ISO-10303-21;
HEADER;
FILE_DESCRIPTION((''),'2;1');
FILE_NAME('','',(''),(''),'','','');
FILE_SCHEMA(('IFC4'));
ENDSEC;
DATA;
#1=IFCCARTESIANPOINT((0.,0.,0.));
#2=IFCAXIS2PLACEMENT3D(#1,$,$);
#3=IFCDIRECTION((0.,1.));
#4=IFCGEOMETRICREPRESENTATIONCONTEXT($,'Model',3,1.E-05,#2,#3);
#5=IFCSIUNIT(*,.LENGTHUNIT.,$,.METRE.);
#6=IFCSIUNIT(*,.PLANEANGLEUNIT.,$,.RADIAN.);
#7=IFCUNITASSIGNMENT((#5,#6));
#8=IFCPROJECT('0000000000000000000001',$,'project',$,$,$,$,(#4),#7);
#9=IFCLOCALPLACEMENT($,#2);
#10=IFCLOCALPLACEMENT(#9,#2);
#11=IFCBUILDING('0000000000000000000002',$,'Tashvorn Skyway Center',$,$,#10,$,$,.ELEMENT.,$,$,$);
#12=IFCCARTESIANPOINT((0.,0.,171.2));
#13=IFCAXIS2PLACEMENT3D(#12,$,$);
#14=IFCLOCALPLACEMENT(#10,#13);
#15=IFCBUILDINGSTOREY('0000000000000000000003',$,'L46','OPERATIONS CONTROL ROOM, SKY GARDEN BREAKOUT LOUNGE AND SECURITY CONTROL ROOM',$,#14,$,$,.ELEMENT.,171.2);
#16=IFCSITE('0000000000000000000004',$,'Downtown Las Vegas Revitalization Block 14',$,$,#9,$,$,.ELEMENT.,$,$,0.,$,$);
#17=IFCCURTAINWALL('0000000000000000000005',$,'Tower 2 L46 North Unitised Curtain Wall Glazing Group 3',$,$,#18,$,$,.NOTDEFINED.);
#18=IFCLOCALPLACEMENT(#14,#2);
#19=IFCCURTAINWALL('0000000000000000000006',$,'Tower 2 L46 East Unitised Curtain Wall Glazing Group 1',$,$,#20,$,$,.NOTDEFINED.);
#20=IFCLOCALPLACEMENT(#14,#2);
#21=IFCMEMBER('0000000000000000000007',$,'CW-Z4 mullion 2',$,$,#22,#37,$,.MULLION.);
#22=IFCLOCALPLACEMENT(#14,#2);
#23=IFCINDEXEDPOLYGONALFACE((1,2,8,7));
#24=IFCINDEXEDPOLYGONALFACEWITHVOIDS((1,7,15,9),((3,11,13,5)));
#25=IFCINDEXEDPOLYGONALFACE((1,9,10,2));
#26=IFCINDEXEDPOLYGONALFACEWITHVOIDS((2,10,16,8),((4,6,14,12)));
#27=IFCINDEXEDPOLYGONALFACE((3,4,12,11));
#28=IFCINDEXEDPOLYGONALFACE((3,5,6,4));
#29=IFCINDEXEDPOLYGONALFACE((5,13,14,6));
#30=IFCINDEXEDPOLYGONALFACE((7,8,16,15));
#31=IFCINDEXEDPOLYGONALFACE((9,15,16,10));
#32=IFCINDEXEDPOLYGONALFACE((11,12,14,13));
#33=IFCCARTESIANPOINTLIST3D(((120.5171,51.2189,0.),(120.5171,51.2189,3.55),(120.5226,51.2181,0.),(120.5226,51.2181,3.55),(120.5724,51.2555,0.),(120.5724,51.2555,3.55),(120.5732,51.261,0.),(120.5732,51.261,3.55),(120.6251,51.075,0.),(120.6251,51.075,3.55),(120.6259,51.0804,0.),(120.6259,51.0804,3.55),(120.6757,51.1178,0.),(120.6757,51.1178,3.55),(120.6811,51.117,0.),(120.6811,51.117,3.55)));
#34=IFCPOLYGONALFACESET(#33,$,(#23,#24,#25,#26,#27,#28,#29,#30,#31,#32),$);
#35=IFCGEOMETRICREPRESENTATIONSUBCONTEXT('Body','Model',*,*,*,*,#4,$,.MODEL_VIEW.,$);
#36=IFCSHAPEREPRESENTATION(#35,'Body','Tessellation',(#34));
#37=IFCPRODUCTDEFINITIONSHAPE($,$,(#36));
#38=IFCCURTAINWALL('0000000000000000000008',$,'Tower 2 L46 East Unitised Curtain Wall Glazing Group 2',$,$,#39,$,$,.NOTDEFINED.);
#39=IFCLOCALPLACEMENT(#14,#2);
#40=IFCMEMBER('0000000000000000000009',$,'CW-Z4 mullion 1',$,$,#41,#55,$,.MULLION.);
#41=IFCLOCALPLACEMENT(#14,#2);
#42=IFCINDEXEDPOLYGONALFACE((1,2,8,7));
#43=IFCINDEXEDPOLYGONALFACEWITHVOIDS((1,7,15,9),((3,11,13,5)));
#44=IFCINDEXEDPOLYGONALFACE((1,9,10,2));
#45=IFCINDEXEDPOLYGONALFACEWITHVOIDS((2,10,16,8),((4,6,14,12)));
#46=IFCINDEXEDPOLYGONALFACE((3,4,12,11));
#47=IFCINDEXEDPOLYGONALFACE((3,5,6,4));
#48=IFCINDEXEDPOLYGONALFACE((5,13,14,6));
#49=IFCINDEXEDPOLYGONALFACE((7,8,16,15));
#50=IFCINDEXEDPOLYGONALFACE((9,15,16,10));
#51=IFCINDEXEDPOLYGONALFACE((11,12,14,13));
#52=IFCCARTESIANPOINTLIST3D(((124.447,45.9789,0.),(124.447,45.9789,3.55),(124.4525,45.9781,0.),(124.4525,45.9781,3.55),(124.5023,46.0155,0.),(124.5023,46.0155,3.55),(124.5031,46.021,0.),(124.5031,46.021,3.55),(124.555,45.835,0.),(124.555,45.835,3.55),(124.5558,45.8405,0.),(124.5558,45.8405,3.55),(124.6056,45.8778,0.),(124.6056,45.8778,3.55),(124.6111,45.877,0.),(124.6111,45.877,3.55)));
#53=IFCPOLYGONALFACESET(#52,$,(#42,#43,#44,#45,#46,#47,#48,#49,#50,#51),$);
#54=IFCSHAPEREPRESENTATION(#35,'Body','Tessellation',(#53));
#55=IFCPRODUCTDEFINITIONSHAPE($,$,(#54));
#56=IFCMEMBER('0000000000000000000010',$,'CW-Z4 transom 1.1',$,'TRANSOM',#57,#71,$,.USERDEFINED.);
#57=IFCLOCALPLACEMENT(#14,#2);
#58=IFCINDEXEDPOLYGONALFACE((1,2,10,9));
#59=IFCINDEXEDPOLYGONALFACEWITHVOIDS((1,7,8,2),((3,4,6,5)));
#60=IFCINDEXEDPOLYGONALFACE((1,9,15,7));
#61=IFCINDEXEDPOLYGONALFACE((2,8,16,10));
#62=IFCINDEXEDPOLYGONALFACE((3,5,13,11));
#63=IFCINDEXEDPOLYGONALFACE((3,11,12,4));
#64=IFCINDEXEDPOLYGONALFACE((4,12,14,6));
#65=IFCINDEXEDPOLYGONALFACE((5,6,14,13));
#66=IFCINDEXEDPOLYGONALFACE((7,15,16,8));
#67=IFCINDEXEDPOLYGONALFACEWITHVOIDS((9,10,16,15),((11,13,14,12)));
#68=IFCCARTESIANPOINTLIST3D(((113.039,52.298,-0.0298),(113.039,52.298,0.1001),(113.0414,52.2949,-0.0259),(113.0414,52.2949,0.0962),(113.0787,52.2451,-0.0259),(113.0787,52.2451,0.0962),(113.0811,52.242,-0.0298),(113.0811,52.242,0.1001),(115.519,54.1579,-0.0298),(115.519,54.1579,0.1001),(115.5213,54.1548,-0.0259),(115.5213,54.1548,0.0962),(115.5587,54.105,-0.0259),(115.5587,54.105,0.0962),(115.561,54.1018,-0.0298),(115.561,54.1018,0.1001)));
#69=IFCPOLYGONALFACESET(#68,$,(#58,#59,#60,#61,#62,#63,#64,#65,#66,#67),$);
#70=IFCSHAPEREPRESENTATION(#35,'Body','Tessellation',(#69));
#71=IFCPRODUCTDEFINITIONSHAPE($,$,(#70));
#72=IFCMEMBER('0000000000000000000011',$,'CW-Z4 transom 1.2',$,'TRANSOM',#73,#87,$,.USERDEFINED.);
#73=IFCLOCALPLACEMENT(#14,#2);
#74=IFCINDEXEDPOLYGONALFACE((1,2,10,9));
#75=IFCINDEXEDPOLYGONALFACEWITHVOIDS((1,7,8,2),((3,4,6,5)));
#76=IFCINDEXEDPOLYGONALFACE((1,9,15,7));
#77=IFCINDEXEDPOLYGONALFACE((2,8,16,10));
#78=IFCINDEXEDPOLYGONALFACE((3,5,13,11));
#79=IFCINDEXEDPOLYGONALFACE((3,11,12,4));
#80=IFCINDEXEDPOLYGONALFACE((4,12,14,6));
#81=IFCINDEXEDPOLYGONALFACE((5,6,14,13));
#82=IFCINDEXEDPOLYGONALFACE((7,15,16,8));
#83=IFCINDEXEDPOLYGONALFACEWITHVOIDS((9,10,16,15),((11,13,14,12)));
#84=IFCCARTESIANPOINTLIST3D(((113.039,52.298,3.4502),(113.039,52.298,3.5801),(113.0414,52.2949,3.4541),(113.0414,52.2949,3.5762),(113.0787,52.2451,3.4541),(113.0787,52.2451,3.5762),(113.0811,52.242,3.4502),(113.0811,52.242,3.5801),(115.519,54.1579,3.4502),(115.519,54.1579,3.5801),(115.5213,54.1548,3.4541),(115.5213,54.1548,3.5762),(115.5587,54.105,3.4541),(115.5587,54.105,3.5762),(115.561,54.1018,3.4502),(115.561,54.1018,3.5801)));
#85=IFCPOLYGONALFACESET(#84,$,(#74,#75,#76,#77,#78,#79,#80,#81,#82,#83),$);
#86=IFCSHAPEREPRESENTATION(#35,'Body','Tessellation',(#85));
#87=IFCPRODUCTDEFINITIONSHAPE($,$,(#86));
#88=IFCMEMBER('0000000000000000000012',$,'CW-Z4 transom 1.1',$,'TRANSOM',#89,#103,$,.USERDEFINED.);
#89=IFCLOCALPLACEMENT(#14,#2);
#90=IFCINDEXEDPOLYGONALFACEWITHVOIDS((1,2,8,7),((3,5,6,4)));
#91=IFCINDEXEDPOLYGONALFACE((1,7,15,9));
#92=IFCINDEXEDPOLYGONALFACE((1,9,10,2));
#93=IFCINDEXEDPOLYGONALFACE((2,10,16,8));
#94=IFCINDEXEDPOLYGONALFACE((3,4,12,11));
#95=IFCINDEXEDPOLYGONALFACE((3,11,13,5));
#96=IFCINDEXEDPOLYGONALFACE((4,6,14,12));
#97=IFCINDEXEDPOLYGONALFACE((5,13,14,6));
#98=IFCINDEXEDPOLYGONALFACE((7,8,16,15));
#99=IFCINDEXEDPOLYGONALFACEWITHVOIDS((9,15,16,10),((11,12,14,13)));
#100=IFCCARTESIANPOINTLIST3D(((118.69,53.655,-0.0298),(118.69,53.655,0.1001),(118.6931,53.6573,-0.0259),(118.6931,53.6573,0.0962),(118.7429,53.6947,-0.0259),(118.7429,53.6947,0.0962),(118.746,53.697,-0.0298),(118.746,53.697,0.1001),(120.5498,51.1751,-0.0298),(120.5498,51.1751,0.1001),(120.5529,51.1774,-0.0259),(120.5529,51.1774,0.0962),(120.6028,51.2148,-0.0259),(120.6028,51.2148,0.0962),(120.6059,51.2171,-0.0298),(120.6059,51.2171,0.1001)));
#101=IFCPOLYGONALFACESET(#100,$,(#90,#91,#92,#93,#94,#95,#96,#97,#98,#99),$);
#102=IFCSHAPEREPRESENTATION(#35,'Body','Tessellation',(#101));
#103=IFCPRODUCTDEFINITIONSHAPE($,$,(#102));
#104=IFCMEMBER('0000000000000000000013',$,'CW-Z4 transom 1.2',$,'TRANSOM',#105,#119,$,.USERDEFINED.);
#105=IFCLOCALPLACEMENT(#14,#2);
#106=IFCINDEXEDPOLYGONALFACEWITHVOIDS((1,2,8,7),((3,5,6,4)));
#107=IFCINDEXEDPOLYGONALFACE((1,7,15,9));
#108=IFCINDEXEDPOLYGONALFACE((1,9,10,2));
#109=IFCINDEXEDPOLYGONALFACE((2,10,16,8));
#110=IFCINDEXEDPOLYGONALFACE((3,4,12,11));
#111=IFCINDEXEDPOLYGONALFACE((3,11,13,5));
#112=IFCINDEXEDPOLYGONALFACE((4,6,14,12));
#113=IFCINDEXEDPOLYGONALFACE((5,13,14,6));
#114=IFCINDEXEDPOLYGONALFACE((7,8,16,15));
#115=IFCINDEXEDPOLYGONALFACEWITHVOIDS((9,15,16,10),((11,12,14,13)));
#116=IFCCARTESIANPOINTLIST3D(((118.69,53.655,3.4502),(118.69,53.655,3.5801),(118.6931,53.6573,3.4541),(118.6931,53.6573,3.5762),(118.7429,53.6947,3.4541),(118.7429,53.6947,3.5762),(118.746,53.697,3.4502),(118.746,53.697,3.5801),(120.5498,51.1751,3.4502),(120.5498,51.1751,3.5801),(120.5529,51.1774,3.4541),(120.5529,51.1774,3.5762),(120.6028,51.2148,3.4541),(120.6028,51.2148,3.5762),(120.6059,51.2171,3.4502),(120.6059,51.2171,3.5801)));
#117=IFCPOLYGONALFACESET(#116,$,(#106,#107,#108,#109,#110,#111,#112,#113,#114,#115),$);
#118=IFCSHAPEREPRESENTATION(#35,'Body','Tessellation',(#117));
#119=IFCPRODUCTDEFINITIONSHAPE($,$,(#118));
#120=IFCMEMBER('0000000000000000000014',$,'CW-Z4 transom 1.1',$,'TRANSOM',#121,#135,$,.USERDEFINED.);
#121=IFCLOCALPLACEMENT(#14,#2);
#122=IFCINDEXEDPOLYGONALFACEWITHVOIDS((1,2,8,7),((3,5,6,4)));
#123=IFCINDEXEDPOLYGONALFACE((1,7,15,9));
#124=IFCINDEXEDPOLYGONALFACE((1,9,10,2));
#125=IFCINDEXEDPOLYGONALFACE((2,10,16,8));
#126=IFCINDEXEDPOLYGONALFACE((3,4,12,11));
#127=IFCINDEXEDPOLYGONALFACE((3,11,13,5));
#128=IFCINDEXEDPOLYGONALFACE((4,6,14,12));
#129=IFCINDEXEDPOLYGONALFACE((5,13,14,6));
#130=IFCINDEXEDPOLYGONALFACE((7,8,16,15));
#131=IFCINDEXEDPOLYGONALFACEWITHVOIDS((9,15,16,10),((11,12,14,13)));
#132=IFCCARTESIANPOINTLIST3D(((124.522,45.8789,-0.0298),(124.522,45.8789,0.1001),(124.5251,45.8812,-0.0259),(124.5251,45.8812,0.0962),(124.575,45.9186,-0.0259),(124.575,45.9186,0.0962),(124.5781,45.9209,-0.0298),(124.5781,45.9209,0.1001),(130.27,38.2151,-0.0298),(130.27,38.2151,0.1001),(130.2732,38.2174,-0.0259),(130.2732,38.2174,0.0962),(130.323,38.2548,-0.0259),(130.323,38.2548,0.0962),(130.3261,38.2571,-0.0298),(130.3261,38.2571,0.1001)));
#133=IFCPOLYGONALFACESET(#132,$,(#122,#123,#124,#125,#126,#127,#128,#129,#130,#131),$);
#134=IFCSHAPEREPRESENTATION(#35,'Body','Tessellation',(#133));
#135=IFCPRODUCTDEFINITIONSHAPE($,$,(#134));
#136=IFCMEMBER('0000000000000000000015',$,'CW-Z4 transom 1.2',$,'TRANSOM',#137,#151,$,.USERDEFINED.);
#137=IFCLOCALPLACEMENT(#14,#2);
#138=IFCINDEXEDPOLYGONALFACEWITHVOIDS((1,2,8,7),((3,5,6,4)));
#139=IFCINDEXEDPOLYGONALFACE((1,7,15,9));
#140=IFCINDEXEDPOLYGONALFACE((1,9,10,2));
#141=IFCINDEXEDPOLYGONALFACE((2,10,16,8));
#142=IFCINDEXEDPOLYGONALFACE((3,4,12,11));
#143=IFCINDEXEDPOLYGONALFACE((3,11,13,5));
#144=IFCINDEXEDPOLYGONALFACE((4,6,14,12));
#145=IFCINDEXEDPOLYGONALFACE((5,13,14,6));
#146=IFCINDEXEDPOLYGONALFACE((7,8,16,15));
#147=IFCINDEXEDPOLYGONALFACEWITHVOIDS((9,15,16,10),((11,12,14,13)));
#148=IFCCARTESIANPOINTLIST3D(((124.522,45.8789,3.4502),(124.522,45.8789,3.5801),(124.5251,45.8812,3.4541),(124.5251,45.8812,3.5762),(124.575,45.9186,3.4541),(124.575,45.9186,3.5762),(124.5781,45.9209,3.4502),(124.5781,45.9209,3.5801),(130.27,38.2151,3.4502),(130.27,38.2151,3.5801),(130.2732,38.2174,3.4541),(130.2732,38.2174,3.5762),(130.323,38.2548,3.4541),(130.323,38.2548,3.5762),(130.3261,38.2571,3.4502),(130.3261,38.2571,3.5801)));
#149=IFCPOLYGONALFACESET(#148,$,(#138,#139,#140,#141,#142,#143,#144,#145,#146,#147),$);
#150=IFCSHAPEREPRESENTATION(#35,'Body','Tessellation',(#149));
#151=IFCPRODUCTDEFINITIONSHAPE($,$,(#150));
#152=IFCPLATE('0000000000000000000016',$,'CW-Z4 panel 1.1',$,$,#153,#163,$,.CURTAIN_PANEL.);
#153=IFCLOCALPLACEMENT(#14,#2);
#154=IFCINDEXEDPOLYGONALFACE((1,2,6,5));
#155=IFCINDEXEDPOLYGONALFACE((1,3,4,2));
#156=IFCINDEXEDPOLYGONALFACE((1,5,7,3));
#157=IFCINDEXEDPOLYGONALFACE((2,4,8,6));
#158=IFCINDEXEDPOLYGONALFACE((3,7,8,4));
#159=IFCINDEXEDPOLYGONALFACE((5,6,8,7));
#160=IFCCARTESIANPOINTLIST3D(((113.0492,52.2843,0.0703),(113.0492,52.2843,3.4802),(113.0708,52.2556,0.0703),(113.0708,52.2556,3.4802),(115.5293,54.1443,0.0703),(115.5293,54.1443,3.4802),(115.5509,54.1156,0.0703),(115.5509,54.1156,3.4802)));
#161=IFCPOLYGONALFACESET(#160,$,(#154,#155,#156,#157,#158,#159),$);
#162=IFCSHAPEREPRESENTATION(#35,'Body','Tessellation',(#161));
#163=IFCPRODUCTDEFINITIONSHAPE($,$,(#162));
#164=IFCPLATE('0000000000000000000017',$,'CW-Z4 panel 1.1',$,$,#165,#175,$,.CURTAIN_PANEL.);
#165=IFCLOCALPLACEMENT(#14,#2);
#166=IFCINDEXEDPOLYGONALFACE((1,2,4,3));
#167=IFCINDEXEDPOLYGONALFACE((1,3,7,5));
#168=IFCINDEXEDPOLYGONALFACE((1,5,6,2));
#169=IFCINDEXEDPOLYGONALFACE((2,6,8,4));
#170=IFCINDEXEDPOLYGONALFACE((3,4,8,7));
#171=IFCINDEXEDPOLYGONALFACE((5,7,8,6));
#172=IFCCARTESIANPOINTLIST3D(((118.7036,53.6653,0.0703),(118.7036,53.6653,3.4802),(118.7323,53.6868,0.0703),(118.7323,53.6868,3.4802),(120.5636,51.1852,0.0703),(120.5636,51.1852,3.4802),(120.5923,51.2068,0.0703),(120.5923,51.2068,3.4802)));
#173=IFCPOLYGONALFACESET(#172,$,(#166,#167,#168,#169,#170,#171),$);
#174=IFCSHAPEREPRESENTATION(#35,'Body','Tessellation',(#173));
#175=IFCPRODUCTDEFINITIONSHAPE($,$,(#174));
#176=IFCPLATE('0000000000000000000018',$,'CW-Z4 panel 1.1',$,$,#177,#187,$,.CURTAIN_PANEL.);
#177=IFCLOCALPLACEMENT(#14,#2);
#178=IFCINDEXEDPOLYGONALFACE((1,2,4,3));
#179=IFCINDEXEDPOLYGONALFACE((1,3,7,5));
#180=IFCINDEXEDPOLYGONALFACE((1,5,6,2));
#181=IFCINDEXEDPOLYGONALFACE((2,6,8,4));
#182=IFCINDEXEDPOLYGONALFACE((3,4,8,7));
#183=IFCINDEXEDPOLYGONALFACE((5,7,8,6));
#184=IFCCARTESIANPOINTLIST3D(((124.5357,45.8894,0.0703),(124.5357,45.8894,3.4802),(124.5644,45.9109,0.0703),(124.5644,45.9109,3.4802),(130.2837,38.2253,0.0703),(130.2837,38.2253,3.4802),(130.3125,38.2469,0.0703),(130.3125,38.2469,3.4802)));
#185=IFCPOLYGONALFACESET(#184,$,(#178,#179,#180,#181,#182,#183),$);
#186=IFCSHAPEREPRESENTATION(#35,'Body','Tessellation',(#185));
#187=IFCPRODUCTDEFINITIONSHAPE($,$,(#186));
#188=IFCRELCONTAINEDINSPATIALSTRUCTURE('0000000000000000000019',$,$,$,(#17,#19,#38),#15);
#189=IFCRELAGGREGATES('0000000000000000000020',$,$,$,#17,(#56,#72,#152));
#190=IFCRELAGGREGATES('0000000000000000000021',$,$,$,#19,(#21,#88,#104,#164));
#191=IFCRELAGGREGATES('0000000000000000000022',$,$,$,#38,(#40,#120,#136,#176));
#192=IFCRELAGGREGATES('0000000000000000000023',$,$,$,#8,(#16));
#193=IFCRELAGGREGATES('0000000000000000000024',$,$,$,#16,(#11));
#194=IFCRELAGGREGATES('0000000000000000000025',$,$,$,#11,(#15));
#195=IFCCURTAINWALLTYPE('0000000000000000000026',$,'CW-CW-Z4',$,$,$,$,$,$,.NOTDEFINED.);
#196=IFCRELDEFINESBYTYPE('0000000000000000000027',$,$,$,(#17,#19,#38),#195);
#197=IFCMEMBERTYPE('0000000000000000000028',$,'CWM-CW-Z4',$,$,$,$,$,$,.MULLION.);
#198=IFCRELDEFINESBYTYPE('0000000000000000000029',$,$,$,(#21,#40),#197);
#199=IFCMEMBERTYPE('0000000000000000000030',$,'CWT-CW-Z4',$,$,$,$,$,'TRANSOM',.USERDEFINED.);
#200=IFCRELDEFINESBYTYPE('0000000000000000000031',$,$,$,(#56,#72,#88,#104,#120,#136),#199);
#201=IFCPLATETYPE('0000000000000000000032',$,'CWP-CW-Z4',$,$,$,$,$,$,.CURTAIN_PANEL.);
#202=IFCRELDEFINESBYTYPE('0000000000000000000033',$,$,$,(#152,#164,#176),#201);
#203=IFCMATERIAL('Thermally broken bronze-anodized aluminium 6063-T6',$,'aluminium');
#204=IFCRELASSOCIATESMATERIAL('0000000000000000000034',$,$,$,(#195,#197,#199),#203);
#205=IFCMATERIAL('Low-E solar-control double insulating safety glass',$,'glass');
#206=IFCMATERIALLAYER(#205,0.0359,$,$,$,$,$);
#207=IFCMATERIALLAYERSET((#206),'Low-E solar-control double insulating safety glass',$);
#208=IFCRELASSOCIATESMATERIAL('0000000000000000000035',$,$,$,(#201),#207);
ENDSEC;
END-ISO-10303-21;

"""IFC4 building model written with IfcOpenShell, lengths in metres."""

from ifc_helpers import new_model, si_unit, direction, frame, origin, origin_2d, place, context, subcontext, project, spatial, rectangle, hollow_rectangle, extrude, material, layer, layer_set, material_profile, profile_set, type_object, element, aggregate, save


model = new_model("IFC4")

# Units and contexts
model_context = context("Model", 3, precision=1e-05, world=origin(), true_north=direction((0.0, 1.0)))
body_context = subcontext(model_context, "Body", "Model", "MODEL_VIEW")
ifc_project = project(units=[si_unit("LENGTHUNIT", "METRE"), si_unit("PLANEANGLEUNIT", "RADIAN")], contexts=[model_context])

# Site, building, storey
site_placement = place(None, origin())
site = spatial("IfcSite", under=ifc_project, at=site_placement, Name="Downtown Las Vegas Revitalization Block 14", CompositionType="ELEMENT", RefElevation=0.0)
building_placement = place(site_placement, origin())
building = spatial("IfcBuilding", under=site, at=building_placement, Name="Tashvorn Skyway Center", CompositionType="ELEMENT")
storey_placement = place(building_placement, frame((0.0, 0.0, 171.2)))
storey = spatial("IfcBuildingStorey", under=building, at=storey_placement, Name="L46", Description="OPERATIONS CONTROL ROOM, SKY GARDEN BREAKOUT LOUNGE AND SECURITY CONTROL ROOM", CompositionType="ELEMENT", Elevation=171.2)

# Curtain walls, member
ifc_material_1 = material(Name="Thermally broken bronze-anodized aluminium 6063-T6", Category="aluminium")
curtain_wall_type = type_object("IfcCurtainWallType", Name="CW-CW-Z4", PredefinedType="NOTDEFINED", material=ifc_material_1)
curtain_wall_1_placement = place(storey_placement, origin())
curtain_wall_1 = element("IfcCurtainWall", 1, at=curtain_wall_1_placement, inside=storey, type_object=curtain_wall_type, Name="Tower 2 L46 North Unitised Curtain Wall Glazing Group 3", PredefinedType="NOTDEFINED")
ifc_material_profile_1 = material_profile(ifc_material_1, hollow_rectangle(XDim=0.0701, YDim=0.1799, WallThickness=0.0039, at=origin_2d()), Name="ALU-MULL-70x180")
ifc_profile_set_1 = profile_set([ifc_material_profile_1], Name="Thermally broken bronze-anodized aluminium 6063-T6")
member_type_1 = type_object("IfcMemberType", Name="CWM-CW-Z4", PredefinedType="MULLION", material=ifc_profile_set_1)
curtain_wall_2_placement = place(storey_placement, origin())
curtain_wall_2 = element("IfcCurtainWall", 2, at=curtain_wall_2_placement, inside=storey, type_object=curtain_wall_type, Name="Tower 2 L46 East Unitised Curtain Wall Glazing Group 1", PredefinedType="NOTDEFINED")
member_1_placement = place(storey_placement, frame((120.5991, 51.168, 0.0), z_axis=(0.0, 0.0, 1.0), x_axis=(0.8, 0.6, 0.0)))
member_1 = element("IfcMember", 3, at=member_1_placement, type_object=member_type_1, Name="CW-Z4 mullion 2", PredefinedType="MULLION", context=body_context, shape_type="SweptSolid", body=[
    extrude(hollow_rectangle(XDim=0.0701, YDim=0.1799, WallThickness=0.0039, at=origin_2d()), origin(), (0.0, 0.0, 1.0), 3.55),
])

# Curtain wall, member
curtain_wall_3_placement = place(storey_placement, origin())
curtain_wall_3 = element("IfcCurtainWall", 4, at=curtain_wall_3_placement, inside=storey, type_object=curtain_wall_type, Name="Tower 2 L46 East Unitised Curtain Wall Glazing Group 2", PredefinedType="NOTDEFINED")
member_2_placement = place(storey_placement, frame((124.5291, 45.928, 0.0), z_axis=(0.0, 0.0, 1.0), x_axis=(0.8, 0.6, 0.0)))
member_2 = element("IfcMember", 5, at=member_2_placement, type_object=member_type_1, Name="CW-Z4 mullion 1", PredefinedType="MULLION", context=body_context, shape_type="SweptSolid", body=[
    extrude(hollow_rectangle(XDim=0.0701, YDim=0.1799, WallThickness=0.0039, at=origin_2d()), origin(), (0.0, 0.0, 1.0), 3.55),
])

# Members
ifc_material_profile_2 = material_profile(ifc_material_1, hollow_rectangle(XDim=0.0701, YDim=0.1299, WallThickness=0.0039, at=origin_2d()), Name="ALU-TRAN-70x130")
ifc_profile_set_2 = profile_set([ifc_material_profile_2], Name="Thermally broken bronze-anodized aluminium 6063-T6")
member_type_2 = type_object("IfcMemberType", Name="CWT-CW-Z4", ElementType="TRANSOM", PredefinedType="USERDEFINED", material=ifc_profile_set_2)
member_3_placement = place(storey_placement, frame((113.0601, 52.27, 0.0352), z_axis=(0.800019, 0.599975, 0.0), x_axis=(-0.599975, 0.800019, 0.0)))
member_3 = element("IfcMember", 6, at=member_3_placement, type_object=member_type_2, Name="CW-Z4 transom 1.1", ObjectType="TRANSOM", PredefinedType="USERDEFINED", context=body_context, shape_type="SweptSolid", body=[
    extrude(hollow_rectangle(XDim=0.0701, YDim=0.1299, WallThickness=0.0039, at=origin_2d()), origin(), (0.0, 0.0, 1.0), 3.0999),
])
member_4_placement = place(storey_placement, frame((113.0601, 52.27, 3.5151), z_axis=(0.800019, 0.599975, 0.0), x_axis=(-0.599975, 0.800019, 0.0)))
member_4 = element("IfcMember", 7, at=member_4_placement, type_object=member_type_2, Name="CW-Z4 transom 1.2", ObjectType="TRANSOM", PredefinedType="USERDEFINED", context=body_context, shape_type="SweptSolid", body=[
    extrude(hollow_rectangle(XDim=0.0701, YDim=0.1299, WallThickness=0.0039, at=origin_2d()), origin(), (0.0, 0.0, 1.0), 3.0999),
])
member_5_placement = place(storey_placement, frame((118.718, 53.676, 0.0352), z_axis=(0.599975, -0.800019, 0.0), x_axis=(0.800019, 0.599975, 0.0)))
member_5 = element("IfcMember", 8, at=member_5_placement, type_object=member_type_2, Name="CW-Z4 transom 1.1", ObjectType="TRANSOM", PredefinedType="USERDEFINED", context=body_context, shape_type="SweptSolid", body=[
    extrude(hollow_rectangle(XDim=0.0701, YDim=0.1299, WallThickness=0.0039, at=origin_2d()), origin(), (0.0, 0.0, 1.0), 3.0999),
])
member_6_placement = place(storey_placement, frame((118.718, 53.676, 3.5151), z_axis=(0.599975, -0.800019, 0.0), x_axis=(0.800019, 0.599975, 0.0)))
member_6 = element("IfcMember", 9, at=member_6_placement, type_object=member_type_2, Name="CW-Z4 transom 1.2", ObjectType="TRANSOM", PredefinedType="USERDEFINED", context=body_context, shape_type="SweptSolid", body=[
    extrude(hollow_rectangle(XDim=0.0701, YDim=0.1299, WallThickness=0.0039, at=origin_2d()), origin(), (0.0, 0.0, 1.0), 3.0999),
])
member_7_placement = place(storey_placement, frame((124.55, 45.8999, 0.0352), z_axis=(0.600012, -0.799991, 0.0), x_axis=(0.799991, 0.600012, 0.0)))
member_7 = element("IfcMember", 10, at=member_7_placement, type_object=member_type_2, Name="CW-Z4 transom 1.1", ObjectType="TRANSOM", PredefinedType="USERDEFINED", context=body_context, shape_type="SweptSolid", body=[
    extrude(hollow_rectangle(XDim=0.0701, YDim=0.1299, WallThickness=0.0039, at=origin_2d()), origin(), (0.0, 0.0, 1.0), 9.5798),
])
member_8_placement = place(storey_placement, frame((124.55, 45.8999, 3.5151), z_axis=(0.600012, -0.799991, 0.0), x_axis=(0.799991, 0.600012, 0.0)))
member_8 = element("IfcMember", 11, at=member_8_placement, type_object=member_type_2, Name="CW-Z4 transom 1.2", ObjectType="TRANSOM", PredefinedType="USERDEFINED", context=body_context, shape_type="SweptSolid", body=[
    extrude(hollow_rectangle(XDim=0.0701, YDim=0.1299, WallThickness=0.0039, at=origin_2d()), origin(), (0.0, 0.0, 1.0), 9.5798),
])

# Plates
ifc_material_2 = material(Name="Low-E solar-control double insulating safety glass", Category="glass")
ifc_layer_1 = layer(ifc_material_2, 0.0359)
ifc_layer_set_1 = layer_set([ifc_layer_1], Name="Low-E solar-control double insulating safety glass")
plate_type = type_object("IfcPlateType", Name="CWP-CW-Z4", PredefinedType="CURTAIN_PANEL", material=ifc_layer_set_1)
plate_1_placement = place(storey_placement, frame((114.3, 53.2, 0.0703), z_axis=(0.0, 0.0, 1.0), x_axis=(0.8, 0.6, 0.0)))
plate_1 = element("IfcPlate", 12, at=plate_1_placement, type_object=plate_type, Name="CW-Z4 panel 1.1", PredefinedType="CURTAIN_PANEL", context=body_context, shape_type="SweptSolid", body=[
    extrude(rectangle(XDim=3.1001, YDim=0.0359, at=origin_2d()), origin(), (0.0, 0.0, 1.0), 3.4099),
])
aggregate(curtain_wall_1, [member_3, member_4, plate_1])
plate_2_placement = place(storey_placement, frame((119.6479, 52.436, 0.0703), z_axis=(0.0, 0.0, 1.0), x_axis=(0.6, -0.8, 0.0)))
plate_2 = element("IfcPlate", 13, at=plate_2_placement, type_object=plate_type, Name="CW-Z4 panel 1.1", PredefinedType="CURTAIN_PANEL", context=body_context, shape_type="SweptSolid", body=[
    extrude(rectangle(XDim=3.1001, YDim=0.0359, at=origin_2d()), origin(), (0.0, 0.0, 1.0), 3.4099),
])
aggregate(curtain_wall_2, [member_1, member_5, member_6, plate_2])
plate_3_placement = place(storey_placement, frame((127.4241, 42.0681, 0.0703), z_axis=(0.0, 0.0, 1.0), x_axis=(0.6, -0.8, 0.0)))
plate_3 = element("IfcPlate", 14, at=plate_3_placement, type_object=plate_type, Name="CW-Z4 panel 1.1", PredefinedType="CURTAIN_PANEL", context=body_context, shape_type="SweptSolid", body=[
    extrude(rectangle(XDim=9.5801, YDim=0.0359, at=origin_2d()), origin(), (0.0, 0.0, 1.0), 3.4099),
])
aggregate(curtain_wall_3, [member_2, member_7, member_8, plate_3])

save(model, "model.ifc")
